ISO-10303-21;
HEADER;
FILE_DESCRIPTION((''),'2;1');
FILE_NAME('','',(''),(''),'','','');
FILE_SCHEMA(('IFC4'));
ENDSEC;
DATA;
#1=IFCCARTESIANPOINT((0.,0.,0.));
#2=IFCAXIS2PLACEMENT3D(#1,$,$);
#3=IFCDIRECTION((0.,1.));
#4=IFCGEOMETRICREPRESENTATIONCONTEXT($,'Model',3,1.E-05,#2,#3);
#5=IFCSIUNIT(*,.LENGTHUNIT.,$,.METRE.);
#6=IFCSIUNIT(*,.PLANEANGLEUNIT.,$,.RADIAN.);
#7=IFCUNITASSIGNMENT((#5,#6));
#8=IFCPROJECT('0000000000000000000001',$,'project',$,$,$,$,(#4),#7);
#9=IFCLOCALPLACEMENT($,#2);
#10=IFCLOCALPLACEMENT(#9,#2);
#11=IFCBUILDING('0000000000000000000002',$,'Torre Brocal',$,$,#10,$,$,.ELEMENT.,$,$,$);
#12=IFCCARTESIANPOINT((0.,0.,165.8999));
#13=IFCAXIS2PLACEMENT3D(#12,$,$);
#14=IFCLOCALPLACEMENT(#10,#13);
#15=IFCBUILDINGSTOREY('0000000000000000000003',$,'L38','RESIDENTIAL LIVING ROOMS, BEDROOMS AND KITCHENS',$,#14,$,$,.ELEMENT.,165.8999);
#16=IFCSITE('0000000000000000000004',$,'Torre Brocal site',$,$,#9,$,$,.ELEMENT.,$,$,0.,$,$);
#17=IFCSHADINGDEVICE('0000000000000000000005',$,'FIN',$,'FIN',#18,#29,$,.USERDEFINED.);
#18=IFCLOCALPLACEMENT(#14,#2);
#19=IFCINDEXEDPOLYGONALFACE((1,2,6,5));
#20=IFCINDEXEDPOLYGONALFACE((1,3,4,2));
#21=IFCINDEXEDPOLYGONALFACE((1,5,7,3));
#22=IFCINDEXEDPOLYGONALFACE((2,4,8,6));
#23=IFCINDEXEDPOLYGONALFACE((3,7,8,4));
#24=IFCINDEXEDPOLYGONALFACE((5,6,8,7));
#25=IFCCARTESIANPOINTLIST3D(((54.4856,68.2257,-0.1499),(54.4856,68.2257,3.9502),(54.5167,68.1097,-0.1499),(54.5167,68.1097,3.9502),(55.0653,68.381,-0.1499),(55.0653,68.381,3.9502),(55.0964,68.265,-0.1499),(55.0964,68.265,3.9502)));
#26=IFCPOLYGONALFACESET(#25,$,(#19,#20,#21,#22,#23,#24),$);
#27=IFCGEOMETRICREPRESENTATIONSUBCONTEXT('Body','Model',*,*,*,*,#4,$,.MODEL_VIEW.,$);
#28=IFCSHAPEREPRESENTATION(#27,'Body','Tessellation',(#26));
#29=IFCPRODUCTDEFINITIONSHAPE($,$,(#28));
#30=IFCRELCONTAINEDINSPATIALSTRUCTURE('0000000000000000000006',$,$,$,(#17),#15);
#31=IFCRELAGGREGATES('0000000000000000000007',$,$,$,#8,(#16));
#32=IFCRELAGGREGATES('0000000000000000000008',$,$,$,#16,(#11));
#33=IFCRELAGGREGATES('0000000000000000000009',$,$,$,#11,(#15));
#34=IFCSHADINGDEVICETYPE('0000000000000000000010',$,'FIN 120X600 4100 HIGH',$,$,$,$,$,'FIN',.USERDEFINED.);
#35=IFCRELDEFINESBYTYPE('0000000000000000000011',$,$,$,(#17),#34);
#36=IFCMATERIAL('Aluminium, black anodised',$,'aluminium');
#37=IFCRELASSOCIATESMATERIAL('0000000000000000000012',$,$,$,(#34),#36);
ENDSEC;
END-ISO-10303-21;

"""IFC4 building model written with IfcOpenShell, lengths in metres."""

from ifc_helpers import new_model, si_unit, direction, frame, origin, origin_2d, place, context, subcontext, project, spatial, rectangle, extrude, material, material_profile, profile_set, type_object, element, save


model = new_model("IFC4")

# Units and contexts
model_context = context("Model", 3, precision=1e-05, world=origin(), true_north=direction((0.0, 1.0)))
body_context = subcontext(model_context, "Body", "Model", "MODEL_VIEW")
ifc_project = project(units=[si_unit("LENGTHUNIT", "METRE"), si_unit("PLANEANGLEUNIT", "RADIAN")], contexts=[model_context])

# Site, building, storey
site_placement = place(None, origin())
site = spatial("IfcSite", under=ifc_project, at=site_placement, Name="Torre Brocal site", CompositionType="ELEMENT", RefElevation=0.0)
building_placement = place(site_placement, origin())
building = spatial("IfcBuilding", under=site, at=building_placement, Name="Torre Brocal", CompositionType="ELEMENT")
storey_placement = place(building_placement, frame((0.0, 0.0, 165.8999)))
storey = spatial("IfcBuildingStorey", under=building, at=storey_placement, Name="L38", Description="RESIDENTIAL LIVING ROOMS, BEDROOMS AND KITCHENS", CompositionType="ELEMENT", Elevation=165.8999)

# Shading device
ifc_material_1 = material(Name="Aluminium, black anodised", Category="aluminium")
ifc_material_profile_1 = material_profile(ifc_material_1, rectangle(XDim=0.1201, YDim=0.6001, at=origin_2d()), Name="FIN 120X600 4100 HIGH")
ifc_profile_set_1 = profile_set([ifc_material_profile_1], Name="Aluminium, black anodised")
shading_device_type = type_object("IfcShadingDeviceType", Name="FIN 120X600 4100 HIGH", ElementType="FIN", PredefinedType="USERDEFINED", material=ifc_profile_set_1)
shading_device_placement = place(storey_placement, frame((54.791, 68.2454, -0.1499), z_axis=(0.0, 0.0, 1.0), x_axis=(0.258819, -0.965926, 0.0)))
element("IfcShadingDevice", 1, at=shading_device_placement, inside=storey, type_object=shading_device_type, Name="FIN", ObjectType="FIN", PredefinedType="USERDEFINED", context=body_context, shape_type="SweptSolid", body=[
    extrude(rectangle(XDim=0.1201, YDim=0.6001, at=origin_2d()), origin(), (0.0, 0.0, 1.0), 4.1001),
])

save(model, "model.ifc")
